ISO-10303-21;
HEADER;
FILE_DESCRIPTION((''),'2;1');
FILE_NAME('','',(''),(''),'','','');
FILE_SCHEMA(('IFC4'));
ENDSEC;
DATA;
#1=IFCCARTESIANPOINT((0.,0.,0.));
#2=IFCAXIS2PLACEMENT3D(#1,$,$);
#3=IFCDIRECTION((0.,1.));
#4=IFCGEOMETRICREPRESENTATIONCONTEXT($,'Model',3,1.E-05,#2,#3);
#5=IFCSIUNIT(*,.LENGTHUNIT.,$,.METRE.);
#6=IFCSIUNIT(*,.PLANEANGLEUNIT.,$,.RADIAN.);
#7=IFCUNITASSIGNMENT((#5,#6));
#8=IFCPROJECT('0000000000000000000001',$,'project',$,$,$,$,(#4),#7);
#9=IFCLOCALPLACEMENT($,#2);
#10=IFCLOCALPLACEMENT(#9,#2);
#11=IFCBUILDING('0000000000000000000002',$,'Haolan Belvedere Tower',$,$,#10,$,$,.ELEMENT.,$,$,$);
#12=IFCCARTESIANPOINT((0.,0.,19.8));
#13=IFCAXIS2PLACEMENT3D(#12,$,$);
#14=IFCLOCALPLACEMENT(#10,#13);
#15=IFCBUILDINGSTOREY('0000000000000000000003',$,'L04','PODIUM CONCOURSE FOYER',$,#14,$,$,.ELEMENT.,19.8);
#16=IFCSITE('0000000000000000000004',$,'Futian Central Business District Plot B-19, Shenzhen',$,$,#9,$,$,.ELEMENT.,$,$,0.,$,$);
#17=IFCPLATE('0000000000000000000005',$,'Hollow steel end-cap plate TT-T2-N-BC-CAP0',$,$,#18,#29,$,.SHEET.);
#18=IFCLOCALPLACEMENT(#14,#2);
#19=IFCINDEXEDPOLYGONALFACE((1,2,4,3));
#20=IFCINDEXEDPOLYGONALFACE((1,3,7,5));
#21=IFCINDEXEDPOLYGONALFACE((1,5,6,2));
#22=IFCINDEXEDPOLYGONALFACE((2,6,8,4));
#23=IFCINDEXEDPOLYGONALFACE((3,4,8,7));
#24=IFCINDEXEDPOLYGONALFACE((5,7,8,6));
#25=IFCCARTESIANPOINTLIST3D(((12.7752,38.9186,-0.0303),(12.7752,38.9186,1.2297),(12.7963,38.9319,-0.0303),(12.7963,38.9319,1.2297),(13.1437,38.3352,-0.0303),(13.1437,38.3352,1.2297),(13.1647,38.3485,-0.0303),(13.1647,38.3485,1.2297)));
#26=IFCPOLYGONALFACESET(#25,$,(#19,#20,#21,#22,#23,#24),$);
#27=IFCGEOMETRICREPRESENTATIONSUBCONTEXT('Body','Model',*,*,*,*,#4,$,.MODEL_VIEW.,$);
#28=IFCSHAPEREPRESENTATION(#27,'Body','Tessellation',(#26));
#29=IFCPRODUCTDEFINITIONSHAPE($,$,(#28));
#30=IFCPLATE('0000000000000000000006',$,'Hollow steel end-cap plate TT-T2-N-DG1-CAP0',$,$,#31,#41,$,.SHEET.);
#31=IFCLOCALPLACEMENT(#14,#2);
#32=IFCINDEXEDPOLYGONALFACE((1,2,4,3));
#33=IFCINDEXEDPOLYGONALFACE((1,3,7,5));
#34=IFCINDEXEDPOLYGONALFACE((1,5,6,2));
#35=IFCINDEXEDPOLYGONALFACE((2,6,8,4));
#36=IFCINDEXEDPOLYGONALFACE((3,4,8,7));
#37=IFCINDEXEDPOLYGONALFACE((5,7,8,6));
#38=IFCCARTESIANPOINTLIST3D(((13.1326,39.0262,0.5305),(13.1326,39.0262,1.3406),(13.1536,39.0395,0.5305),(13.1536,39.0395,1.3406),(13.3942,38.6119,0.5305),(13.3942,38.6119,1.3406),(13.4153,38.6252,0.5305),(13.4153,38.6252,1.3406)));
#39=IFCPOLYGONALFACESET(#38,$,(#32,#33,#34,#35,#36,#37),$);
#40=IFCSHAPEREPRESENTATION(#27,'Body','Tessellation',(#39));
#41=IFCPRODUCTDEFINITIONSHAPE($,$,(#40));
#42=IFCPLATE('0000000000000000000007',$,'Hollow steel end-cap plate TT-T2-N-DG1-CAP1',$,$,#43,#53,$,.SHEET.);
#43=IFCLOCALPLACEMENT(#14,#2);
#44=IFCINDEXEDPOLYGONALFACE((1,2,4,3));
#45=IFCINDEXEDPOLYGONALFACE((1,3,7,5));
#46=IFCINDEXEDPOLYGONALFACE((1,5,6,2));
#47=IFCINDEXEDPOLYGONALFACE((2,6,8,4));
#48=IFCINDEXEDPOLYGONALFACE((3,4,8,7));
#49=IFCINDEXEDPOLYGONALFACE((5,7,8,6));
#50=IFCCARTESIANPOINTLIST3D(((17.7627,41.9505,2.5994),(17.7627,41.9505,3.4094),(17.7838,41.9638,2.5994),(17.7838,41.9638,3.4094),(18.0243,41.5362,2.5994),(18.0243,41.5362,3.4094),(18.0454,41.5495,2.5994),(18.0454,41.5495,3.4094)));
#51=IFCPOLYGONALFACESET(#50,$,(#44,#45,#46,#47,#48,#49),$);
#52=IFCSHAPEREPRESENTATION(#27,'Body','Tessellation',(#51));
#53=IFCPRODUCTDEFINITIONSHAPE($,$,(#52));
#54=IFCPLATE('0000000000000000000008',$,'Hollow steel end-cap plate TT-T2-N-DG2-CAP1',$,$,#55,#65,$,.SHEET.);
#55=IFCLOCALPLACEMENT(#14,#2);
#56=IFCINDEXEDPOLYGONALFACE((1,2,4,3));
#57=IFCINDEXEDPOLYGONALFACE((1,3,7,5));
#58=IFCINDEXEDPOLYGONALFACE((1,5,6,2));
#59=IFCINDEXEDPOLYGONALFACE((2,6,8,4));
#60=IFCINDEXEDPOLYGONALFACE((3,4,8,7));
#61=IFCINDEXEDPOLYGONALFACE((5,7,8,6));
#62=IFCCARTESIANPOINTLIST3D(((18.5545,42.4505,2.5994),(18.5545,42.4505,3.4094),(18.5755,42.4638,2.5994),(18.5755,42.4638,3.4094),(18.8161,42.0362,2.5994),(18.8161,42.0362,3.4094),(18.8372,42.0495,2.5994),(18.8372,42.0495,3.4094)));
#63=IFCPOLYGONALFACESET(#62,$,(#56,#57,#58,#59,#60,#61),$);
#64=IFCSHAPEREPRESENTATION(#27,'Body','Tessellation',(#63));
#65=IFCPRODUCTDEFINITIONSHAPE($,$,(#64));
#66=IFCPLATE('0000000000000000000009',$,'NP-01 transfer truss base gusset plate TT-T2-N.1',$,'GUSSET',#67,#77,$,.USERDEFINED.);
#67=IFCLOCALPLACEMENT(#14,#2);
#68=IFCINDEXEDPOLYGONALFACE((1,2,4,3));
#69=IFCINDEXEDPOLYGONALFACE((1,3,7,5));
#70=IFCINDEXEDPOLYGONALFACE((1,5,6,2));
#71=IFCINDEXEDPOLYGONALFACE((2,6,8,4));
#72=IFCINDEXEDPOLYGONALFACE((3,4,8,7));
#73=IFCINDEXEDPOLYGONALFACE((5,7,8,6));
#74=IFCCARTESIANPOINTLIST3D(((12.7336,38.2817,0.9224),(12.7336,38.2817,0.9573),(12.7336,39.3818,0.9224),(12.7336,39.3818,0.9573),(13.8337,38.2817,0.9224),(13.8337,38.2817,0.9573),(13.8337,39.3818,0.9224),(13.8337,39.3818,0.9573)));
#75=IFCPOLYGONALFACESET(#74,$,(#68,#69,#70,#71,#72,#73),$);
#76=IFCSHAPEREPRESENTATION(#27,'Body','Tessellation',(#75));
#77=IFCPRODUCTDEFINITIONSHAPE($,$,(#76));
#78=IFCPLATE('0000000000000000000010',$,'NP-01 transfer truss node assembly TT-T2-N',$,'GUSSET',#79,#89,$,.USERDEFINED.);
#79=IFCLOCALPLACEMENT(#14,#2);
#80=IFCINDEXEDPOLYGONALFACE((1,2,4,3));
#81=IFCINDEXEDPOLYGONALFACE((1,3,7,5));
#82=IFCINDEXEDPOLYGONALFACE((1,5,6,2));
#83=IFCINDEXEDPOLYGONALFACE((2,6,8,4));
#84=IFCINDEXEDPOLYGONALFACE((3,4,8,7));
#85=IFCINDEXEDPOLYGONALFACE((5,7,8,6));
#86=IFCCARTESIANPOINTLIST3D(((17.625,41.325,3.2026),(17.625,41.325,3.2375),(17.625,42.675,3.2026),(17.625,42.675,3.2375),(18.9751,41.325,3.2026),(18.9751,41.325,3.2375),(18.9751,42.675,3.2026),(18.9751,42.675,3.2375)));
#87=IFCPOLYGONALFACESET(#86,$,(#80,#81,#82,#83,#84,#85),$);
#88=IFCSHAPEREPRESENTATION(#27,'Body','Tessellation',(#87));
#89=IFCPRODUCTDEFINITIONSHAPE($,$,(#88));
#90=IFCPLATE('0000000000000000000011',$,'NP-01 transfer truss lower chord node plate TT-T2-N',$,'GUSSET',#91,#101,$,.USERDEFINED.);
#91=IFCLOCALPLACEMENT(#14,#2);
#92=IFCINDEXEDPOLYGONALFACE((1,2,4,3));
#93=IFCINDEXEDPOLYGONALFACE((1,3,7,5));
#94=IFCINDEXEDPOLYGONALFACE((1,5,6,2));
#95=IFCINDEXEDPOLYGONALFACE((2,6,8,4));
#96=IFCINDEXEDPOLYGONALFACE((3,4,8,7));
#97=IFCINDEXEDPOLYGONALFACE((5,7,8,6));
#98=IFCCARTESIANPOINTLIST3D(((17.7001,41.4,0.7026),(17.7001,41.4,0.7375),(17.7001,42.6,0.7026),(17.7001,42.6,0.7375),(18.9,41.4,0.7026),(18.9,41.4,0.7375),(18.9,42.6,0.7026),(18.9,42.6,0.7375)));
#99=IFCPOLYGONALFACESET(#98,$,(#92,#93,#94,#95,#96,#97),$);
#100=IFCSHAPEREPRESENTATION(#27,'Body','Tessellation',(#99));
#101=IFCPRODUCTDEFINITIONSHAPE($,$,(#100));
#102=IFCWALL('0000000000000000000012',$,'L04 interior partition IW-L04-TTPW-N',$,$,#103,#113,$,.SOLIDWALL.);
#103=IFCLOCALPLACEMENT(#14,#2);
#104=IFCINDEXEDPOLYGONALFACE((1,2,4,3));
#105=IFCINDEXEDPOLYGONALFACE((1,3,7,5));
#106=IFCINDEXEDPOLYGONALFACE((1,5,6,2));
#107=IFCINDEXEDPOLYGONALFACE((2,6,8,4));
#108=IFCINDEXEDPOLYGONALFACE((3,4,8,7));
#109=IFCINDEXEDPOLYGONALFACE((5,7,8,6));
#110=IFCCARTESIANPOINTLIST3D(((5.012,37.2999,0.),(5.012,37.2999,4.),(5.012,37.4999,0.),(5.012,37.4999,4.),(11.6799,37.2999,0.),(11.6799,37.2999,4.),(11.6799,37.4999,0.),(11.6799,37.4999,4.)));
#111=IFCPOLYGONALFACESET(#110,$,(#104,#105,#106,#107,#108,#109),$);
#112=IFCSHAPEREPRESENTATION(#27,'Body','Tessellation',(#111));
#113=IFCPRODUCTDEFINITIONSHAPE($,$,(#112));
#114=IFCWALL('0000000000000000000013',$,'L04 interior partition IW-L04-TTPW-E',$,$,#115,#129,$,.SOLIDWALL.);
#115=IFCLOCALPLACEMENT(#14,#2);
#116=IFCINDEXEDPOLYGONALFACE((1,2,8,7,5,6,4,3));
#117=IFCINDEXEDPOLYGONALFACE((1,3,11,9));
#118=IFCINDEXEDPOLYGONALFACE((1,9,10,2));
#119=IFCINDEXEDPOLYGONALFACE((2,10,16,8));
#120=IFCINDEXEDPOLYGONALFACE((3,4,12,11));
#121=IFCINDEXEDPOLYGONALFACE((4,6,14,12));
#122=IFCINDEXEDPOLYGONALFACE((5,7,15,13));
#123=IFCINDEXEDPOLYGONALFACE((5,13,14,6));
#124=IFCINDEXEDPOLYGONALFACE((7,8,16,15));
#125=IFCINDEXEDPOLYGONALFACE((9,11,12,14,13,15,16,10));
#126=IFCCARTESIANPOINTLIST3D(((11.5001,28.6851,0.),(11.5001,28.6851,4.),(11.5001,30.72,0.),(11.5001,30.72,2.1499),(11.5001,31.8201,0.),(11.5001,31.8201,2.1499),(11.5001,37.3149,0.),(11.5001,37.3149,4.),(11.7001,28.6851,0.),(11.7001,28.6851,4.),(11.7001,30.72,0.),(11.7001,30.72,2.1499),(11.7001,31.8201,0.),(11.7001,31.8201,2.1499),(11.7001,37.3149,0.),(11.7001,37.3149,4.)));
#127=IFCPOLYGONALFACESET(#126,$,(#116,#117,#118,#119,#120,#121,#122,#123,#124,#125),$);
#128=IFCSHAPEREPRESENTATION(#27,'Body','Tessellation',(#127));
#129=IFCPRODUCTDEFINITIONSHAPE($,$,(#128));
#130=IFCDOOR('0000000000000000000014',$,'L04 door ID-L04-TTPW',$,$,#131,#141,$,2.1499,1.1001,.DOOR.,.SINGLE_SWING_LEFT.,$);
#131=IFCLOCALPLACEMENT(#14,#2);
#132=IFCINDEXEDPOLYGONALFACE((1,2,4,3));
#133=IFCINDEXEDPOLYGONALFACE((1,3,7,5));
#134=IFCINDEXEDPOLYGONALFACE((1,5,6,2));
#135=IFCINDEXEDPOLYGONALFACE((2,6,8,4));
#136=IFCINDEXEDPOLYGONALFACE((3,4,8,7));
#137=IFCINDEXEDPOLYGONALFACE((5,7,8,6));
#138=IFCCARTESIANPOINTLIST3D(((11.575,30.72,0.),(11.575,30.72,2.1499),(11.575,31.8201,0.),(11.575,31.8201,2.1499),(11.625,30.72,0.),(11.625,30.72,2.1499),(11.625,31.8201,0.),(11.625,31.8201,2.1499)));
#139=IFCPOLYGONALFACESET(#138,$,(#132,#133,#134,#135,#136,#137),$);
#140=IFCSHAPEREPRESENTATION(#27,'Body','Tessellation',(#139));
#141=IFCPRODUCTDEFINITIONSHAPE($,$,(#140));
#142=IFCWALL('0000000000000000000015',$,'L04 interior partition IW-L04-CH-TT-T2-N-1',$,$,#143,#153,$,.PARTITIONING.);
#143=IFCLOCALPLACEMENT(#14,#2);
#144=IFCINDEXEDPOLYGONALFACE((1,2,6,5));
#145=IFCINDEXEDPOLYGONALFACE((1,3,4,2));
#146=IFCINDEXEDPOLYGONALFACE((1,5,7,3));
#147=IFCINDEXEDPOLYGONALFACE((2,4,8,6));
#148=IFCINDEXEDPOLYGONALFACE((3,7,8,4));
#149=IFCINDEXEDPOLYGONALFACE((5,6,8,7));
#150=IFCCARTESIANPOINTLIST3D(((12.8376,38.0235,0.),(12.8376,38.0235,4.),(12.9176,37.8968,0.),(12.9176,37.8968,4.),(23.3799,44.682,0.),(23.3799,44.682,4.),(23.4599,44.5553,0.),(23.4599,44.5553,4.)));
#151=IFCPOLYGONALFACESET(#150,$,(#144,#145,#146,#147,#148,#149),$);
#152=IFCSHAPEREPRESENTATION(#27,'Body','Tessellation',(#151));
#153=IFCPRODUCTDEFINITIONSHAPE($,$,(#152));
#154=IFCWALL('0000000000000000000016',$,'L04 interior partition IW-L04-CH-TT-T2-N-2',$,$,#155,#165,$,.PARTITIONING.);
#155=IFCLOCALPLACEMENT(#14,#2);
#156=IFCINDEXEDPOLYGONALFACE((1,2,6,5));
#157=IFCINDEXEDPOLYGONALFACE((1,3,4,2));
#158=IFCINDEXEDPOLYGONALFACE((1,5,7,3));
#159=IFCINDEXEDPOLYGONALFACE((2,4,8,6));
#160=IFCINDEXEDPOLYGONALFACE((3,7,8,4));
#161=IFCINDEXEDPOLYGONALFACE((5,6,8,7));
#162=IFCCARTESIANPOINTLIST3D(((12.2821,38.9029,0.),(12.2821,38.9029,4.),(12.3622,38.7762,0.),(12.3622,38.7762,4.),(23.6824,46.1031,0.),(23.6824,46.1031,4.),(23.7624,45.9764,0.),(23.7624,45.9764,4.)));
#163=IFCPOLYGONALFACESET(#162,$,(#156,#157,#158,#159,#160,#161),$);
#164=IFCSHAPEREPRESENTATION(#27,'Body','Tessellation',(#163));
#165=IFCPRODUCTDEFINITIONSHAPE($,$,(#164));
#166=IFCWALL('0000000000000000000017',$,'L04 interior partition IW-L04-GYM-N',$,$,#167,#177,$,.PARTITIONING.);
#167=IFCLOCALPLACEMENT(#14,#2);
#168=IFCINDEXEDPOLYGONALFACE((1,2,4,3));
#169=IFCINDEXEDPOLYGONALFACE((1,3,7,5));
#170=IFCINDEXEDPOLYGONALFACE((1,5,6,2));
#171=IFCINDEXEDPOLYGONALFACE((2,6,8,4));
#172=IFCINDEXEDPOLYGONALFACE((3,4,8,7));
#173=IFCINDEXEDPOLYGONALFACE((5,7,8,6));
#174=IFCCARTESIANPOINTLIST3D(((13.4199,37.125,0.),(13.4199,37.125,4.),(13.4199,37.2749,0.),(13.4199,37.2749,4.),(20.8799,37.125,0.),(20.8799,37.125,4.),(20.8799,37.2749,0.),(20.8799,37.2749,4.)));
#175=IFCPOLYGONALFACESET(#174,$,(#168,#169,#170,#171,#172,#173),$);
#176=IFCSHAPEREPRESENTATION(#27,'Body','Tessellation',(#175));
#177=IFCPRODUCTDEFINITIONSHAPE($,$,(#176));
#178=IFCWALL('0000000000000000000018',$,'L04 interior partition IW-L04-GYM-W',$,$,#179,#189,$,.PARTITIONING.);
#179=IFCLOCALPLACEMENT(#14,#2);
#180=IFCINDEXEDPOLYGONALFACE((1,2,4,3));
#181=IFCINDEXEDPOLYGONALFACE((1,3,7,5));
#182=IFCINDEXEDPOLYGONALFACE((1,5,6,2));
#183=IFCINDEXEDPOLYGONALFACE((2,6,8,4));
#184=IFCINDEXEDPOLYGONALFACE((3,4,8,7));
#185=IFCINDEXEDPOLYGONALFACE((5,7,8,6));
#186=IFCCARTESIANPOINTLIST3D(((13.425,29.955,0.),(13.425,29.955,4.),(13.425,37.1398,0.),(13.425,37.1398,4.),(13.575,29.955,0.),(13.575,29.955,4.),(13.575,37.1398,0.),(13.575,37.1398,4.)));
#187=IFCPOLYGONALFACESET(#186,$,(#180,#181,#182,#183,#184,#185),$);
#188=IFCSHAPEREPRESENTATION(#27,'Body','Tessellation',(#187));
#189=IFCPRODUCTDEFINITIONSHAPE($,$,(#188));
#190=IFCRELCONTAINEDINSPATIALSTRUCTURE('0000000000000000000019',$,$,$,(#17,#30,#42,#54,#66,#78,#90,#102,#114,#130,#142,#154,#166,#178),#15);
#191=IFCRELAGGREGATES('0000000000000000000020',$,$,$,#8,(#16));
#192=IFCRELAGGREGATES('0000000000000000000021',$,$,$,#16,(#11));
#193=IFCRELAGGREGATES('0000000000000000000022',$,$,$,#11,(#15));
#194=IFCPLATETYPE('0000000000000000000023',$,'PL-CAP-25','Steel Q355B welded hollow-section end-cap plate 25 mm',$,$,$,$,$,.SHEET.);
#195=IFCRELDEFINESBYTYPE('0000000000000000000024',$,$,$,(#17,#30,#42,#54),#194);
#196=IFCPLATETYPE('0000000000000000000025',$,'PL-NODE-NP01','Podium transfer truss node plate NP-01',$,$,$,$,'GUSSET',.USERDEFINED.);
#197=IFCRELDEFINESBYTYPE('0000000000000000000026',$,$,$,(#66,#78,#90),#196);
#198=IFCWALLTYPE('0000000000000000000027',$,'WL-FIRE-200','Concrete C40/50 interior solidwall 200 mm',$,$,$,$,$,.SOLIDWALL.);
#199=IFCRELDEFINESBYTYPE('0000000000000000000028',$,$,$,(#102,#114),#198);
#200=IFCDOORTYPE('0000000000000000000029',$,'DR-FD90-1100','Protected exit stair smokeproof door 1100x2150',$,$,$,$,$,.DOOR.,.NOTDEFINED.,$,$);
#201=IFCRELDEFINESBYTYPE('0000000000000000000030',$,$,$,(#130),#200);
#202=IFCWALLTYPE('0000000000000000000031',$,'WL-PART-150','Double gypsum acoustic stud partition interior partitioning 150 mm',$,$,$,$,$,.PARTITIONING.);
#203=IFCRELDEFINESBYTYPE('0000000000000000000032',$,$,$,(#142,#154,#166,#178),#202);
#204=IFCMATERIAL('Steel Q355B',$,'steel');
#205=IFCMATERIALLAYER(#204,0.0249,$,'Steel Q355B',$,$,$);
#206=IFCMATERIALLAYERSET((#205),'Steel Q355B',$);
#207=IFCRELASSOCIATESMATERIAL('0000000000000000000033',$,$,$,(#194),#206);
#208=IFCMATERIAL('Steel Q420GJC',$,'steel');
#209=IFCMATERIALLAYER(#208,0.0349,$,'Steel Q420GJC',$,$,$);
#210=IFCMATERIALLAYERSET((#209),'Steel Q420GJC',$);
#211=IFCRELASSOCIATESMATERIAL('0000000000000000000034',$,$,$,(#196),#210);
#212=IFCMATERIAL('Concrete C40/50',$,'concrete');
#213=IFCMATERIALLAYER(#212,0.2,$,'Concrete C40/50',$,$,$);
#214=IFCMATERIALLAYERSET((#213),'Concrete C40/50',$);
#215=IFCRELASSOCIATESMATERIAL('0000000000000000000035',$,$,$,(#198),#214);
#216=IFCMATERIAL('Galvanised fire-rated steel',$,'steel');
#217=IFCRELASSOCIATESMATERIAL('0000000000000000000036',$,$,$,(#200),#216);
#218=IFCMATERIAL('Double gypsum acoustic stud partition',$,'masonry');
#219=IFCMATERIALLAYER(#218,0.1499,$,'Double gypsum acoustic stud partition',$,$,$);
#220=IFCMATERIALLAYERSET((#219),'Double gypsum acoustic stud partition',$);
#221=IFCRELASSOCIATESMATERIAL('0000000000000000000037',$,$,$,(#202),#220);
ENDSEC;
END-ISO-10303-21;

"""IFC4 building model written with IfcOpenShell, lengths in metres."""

from ifc_helpers import new_model, si_unit, direction, frame, frame_2d, origin, origin_2d, place, context, subcontext, project, spatial, rectangle, extrude, material, layer, layer_set, type_object, element, fill, save


model = new_model("IFC4")

# Units and contexts
model_context = context("Model", 3, precision=1e-05, world=origin(), true_north=direction((0.0, 1.0)))
body_context = subcontext(model_context, "Body", "Model", "MODEL_VIEW")
ifc_project = project(units=[si_unit("LENGTHUNIT", "METRE"), si_unit("PLANEANGLEUNIT", "RADIAN")], contexts=[model_context])

# Site, building, storey
site_placement = place(None, origin())
site = spatial("IfcSite", under=ifc_project, at=site_placement, Name="Futian Central Business District Plot B-19, Shenzhen", CompositionType="ELEMENT", RefElevation=0.0)
building_placement = place(site_placement, origin())
building = spatial("IfcBuilding", under=site, at=building_placement, Name="Haolan Belvedere Tower", CompositionType="ELEMENT")
storey_placement = place(building_placement, frame((0.0, 0.0, 19.8)))
storey = spatial("IfcBuildingStorey", under=building, at=storey_placement, Name="L04", Description="PODIUM CONCOURSE FOYER", CompositionType="ELEMENT", Elevation=19.8)

# Shared definitions
ifc_material_1 = material(Name="Steel Q355B", Category="steel")

# Shared definitions
ifc_material_2 = material(Name="Steel Q420GJC", Category="steel")

# Plates
ifc_layer_1 = layer(ifc_material_1, 0.0249, Name="Steel Q355B")
ifc_layer_set_1 = layer_set([ifc_layer_1], Name="Steel Q355B")
plate_type_1 = type_object("IfcPlateType", Name="PL-CAP-25", Description="Steel Q355B welded hollow-section end-cap plate 25 mm", PredefinedType="SHEET", material=ifc_layer_set_1)
for number, where, z_axis, x_axis, name in (
    (1, (12.97, 38.6335, -0.0303), (0.0, 0.0, 1.0), (0.533998, -0.845486, 0.0), "Hollow steel end-cap plate TT-T2-N-BC-CAP0"),
):
    element("IfcPlate", number, at=place(storey_placement, frame(where, z_axis=z_axis, x_axis=x_axis)), inside=storey, type_object=plate_type_1, Name=name, PredefinedType="SHEET", context=body_context, shape_type="SweptSolid", body=[
        extrude(rectangle(XDim=0.6899, YDim=0.0249, at=origin_2d()), origin(), (0.0, 0.0, 1.0), 1.26),
    ])
for number, where, z_axis, x_axis, name in (
    (2, (13.2739, 38.8257, 0.5305), (0.0, 0.0, 1.0), (0.533983, -0.845495, 0.0), "Hollow steel end-cap plate TT-T2-N-DG1-CAP0"),
    (3, (17.9041, 41.75, 2.5994), (0.0, 0.0, 1.0), (-0.533983, 0.845495, 0.0), "Hollow steel end-cap plate TT-T2-N-DG1-CAP1"),
    (4, (18.6958, 42.25, 2.5994), (0.0, 0.0, 1.0), (0.533983, -0.845495, 0.0), "Hollow steel end-cap plate TT-T2-N-DG2-CAP1"),
):
    element("IfcPlate", number, at=place(storey_placement, frame(where, z_axis=z_axis, x_axis=x_axis)), inside=storey, type_object=plate_type_1, Name=name, PredefinedType="SHEET", context=body_context, shape_type="SweptSolid", body=[
        extrude(rectangle(XDim=0.49, YDim=0.0249, at=origin_2d()), origin(), (0.0, 0.0, 1.0), 0.8101),
    ])
ifc_layer_2 = layer(ifc_material_2, 0.0349, Name="Steel Q420GJC")
ifc_layer_set_2 = layer_set([ifc_layer_2], Name="Steel Q420GJC")
plate_type_2 = type_object("IfcPlateType", Name="PL-NODE-NP01", Description="Podium transfer truss node plate NP-01", ElementType="GUSSET", PredefinedType="USERDEFINED", material=ifc_layer_set_2)
plate_1_placement = place(storey_placement, frame((13.2837, 38.8318, 0.9224), z_axis=(0.0, 0.0, 1.0), x_axis=(1.0, 0.0, 0.0)))
element("IfcPlate", 5, at=plate_1_placement, inside=storey, type_object=plate_type_2, Name="NP-01 transfer truss base gusset plate TT-T2-N.1", ObjectType="GUSSET", PredefinedType="USERDEFINED", context=body_context, shape_type="SweptSolid", body=[
    extrude(rectangle(XDim=1.1001, YDim=1.1001, at=origin_2d()), origin(), (0.0, 0.0, 1.0), 0.0349),
])
plate_2_placement = place(storey_placement, frame((18.3, 42.0, 3.2026), z_axis=(0.0, 0.0, 1.0), x_axis=(1.0, 0.0, 0.0)))
element("IfcPlate", 6, at=plate_2_placement, inside=storey, type_object=plate_type_2, Name="NP-01 transfer truss node assembly TT-T2-N", ObjectType="GUSSET", PredefinedType="USERDEFINED", context=body_context, shape_type="SweptSolid", body=[
    extrude(rectangle(XDim=1.3501, YDim=1.3501, at=origin_2d()), origin(), (0.0, 0.0, 1.0), 0.0349),
])
plate_3_placement = place(storey_placement, frame((18.3, 42.0, 0.7026), z_axis=(0.0, 0.0, 1.0), x_axis=(1.0, 0.0, 0.0)))
element("IfcPlate", 7, at=plate_3_placement, inside=storey, type_object=plate_type_2, Name="NP-01 transfer truss lower chord node plate TT-T2-N", ObjectType="GUSSET", PredefinedType="USERDEFINED", context=body_context, shape_type="SweptSolid", body=[
    extrude(rectangle(XDim=1.2, YDim=1.2, at=origin_2d()), origin(), (0.0, 0.0, 1.0), 0.0349),
])

# Wall
ifc_material_3 = material(Name="Concrete C40/50", Category="concrete")
ifc_layer_3 = layer(ifc_material_3, 0.2, Name="Concrete C40/50")
ifc_layer_set_3 = layer_set([ifc_layer_3], Name="Concrete C40/50")
wall_type_1 = type_object("IfcWallType", Name="WL-FIRE-200", Description="Concrete C40/50 interior solidwall 200 mm", PredefinedType="SOLIDWALL", material=ifc_layer_set_3)
wall_1_placement = place(storey_placement, frame((5.012, 37.3999, 0.0), z_axis=(0.0, 0.0, 1.0), x_axis=(1.0, 0.0, 0.0)))
element("IfcWall", 8, at=wall_1_placement, inside=storey, type_object=wall_type_1, Name="L04 interior partition IW-L04-TTPW-N", PredefinedType="SOLIDWALL", context=body_context, shape_type="SweptSolid", body=[
    extrude(rectangle(XDim=6.668, YDim=0.2, at=frame_2d((3.334, 0.0))), origin(), (0.0, 0.0, 1.0), 4.0),
])

# Wall, opening, door
wall_2_placement = place(storey_placement, frame((11.6001, 28.6851, 0.0), z_axis=(0.0, 0.0, 1.0), x_axis=(0.0, 1.0, 0.0)))
wall_2 = element("IfcWall", 9, at=wall_2_placement, inside=storey, type_object=wall_type_1, Name="L04 interior partition IW-L04-TTPW-E", PredefinedType="SOLIDWALL", context=body_context, shape_type="SweptSolid", body=[
    extrude(rectangle(XDim=8.6299, YDim=0.2, at=frame_2d((4.3149, 0.0))), origin(), (0.0, 0.0, 1.0), 4.0),
])
opening_1_placement = place(wall_2_placement, frame((3.135, 0.0, 0.0), z_axis=(0.0, 0.0, 1.0), x_axis=(-1.0, 0.0, 0.0)))
opening_1 = element("IfcOpeningElement", 10, at=opening_1_placement, cuts=wall_2, PredefinedType="OPENING", context=body_context, shape_type="SweptSolid", body=[
    extrude(rectangle(XDim=1.1001, YDim=2.1499, at=frame_2d((0.55, 1.075))), frame((0.0, 0.1099, 0.0), z_axis=(0.0, -1.0, 0.0), x_axis=(1.0, 0.0, 0.0)), (0.0, 0.0, 1.0), 0.22),
])
ifc_material_4 = material(Name="Galvanised fire-rated steel", Category="steel")
door_type = type_object("IfcDoorType", Name="DR-FD90-1100", Description="Protected exit stair smokeproof door 1100x2150", OperationType="NOTDEFINED", PredefinedType="DOOR", material=ifc_material_4)
door_1_placement = place(opening_1_placement, origin())
door_1 = element("IfcDoor", 11, at=door_1_placement, inside=storey, type_object=door_type, Name="L04 door ID-L04-TTPW", OperationType="SINGLE_SWING_LEFT", OverallHeight=2.1499, OverallWidth=1.1001, PredefinedType="DOOR", context=body_context, shape_type="SweptSolid", body=[
    extrude(rectangle(XDim=1.1001, YDim=2.1499, at=frame_2d((0.55, 1.075))), frame((0.0, 0.0249, 0.0), z_axis=(0.0, -1.0, 0.0), x_axis=(1.0, 0.0, 0.0)), (0.0, 0.0, 1.0), 0.05),
])
fill(opening_1, door_1)

# Walls
ifc_material_5 = material(Name="Double gypsum acoustic stud partition", Category="masonry")
ifc_layer_4 = layer(ifc_material_5, 0.1499, Name="Double gypsum acoustic stud partition")
ifc_layer_set_4 = layer_set([ifc_layer_4], Name="Double gypsum acoustic stud partition")
wall_type_2 = type_object("IfcWallType", Name="WL-PART-150", Description="Double gypsum acoustic stud partition interior partitioning 150 mm", PredefinedType="PARTITIONING", material=ifc_layer_set_4)
wall_3_placement = place(storey_placement, frame((12.8777, 37.9602, 0.0), z_axis=(0.0, 0.0, 1.0), x_axis=(0.845482, 0.534004, 0.0)))
element("IfcWall", 12, at=wall_3_placement, inside=storey, type_object=wall_type_2, Name="L04 interior partition IW-L04-CH-TT-T2-N-1", PredefinedType="PARTITIONING", context=body_context, shape_type="SweptSolid", body=[
    extrude(rectangle(XDim=12.469, YDim=0.1499, at=frame_2d((6.2344, 0.0))), origin(), (0.0, 0.0, 1.0), 4.0),
])
wall_4_placement = place(storey_placement, frame((12.3223, 38.8396, 0.0), z_axis=(0.0, 0.0, 1.0), x_axis=(0.845485, 0.533998, 0.0)))
element("IfcWall", 13, at=wall_4_placement, inside=storey, type_object=wall_type_2, Name="L04 interior partition IW-L04-CH-TT-T2-N-2", PredefinedType="PARTITIONING", context=body_context, shape_type="SweptSolid", body=[
    extrude(rectangle(XDim=13.4836, YDim=0.1499, at=frame_2d((6.7417, 0.0))), origin(), (0.0, 0.0, 1.0), 4.0),
])
wall_5_placement = place(storey_placement, frame((13.4199, 37.2, 0.0), z_axis=(0.0, 0.0, 1.0), x_axis=(1.0, 0.0, 0.0)))
element("IfcWall", 14, at=wall_5_placement, inside=storey, type_object=wall_type_2, Name="L04 interior partition IW-L04-GYM-N", PredefinedType="PARTITIONING", context=body_context, shape_type="SweptSolid", body=[
    extrude(rectangle(XDim=7.46, YDim=0.1499, at=frame_2d((3.73, 0.0))), origin(), (0.0, 0.0, 1.0), 4.0),
])
wall_6_placement = place(storey_placement, frame((13.5, 29.9551, 0.0), z_axis=(0.0, 0.0, 1.0), x_axis=(0.0, 1.0, 0.0)))
element("IfcWall", 15, at=wall_6_placement, inside=storey, type_object=wall_type_2, Name="L04 interior partition IW-L04-GYM-W", PredefinedType="PARTITIONING", context=body_context, shape_type="SweptSolid", body=[
    extrude(rectangle(XDim=7.1848, YDim=0.1499, at=frame_2d((3.5923, 0.0))), origin(), (0.0, 0.0, 1.0), 4.0),
])

save(model, "model.ifc")
